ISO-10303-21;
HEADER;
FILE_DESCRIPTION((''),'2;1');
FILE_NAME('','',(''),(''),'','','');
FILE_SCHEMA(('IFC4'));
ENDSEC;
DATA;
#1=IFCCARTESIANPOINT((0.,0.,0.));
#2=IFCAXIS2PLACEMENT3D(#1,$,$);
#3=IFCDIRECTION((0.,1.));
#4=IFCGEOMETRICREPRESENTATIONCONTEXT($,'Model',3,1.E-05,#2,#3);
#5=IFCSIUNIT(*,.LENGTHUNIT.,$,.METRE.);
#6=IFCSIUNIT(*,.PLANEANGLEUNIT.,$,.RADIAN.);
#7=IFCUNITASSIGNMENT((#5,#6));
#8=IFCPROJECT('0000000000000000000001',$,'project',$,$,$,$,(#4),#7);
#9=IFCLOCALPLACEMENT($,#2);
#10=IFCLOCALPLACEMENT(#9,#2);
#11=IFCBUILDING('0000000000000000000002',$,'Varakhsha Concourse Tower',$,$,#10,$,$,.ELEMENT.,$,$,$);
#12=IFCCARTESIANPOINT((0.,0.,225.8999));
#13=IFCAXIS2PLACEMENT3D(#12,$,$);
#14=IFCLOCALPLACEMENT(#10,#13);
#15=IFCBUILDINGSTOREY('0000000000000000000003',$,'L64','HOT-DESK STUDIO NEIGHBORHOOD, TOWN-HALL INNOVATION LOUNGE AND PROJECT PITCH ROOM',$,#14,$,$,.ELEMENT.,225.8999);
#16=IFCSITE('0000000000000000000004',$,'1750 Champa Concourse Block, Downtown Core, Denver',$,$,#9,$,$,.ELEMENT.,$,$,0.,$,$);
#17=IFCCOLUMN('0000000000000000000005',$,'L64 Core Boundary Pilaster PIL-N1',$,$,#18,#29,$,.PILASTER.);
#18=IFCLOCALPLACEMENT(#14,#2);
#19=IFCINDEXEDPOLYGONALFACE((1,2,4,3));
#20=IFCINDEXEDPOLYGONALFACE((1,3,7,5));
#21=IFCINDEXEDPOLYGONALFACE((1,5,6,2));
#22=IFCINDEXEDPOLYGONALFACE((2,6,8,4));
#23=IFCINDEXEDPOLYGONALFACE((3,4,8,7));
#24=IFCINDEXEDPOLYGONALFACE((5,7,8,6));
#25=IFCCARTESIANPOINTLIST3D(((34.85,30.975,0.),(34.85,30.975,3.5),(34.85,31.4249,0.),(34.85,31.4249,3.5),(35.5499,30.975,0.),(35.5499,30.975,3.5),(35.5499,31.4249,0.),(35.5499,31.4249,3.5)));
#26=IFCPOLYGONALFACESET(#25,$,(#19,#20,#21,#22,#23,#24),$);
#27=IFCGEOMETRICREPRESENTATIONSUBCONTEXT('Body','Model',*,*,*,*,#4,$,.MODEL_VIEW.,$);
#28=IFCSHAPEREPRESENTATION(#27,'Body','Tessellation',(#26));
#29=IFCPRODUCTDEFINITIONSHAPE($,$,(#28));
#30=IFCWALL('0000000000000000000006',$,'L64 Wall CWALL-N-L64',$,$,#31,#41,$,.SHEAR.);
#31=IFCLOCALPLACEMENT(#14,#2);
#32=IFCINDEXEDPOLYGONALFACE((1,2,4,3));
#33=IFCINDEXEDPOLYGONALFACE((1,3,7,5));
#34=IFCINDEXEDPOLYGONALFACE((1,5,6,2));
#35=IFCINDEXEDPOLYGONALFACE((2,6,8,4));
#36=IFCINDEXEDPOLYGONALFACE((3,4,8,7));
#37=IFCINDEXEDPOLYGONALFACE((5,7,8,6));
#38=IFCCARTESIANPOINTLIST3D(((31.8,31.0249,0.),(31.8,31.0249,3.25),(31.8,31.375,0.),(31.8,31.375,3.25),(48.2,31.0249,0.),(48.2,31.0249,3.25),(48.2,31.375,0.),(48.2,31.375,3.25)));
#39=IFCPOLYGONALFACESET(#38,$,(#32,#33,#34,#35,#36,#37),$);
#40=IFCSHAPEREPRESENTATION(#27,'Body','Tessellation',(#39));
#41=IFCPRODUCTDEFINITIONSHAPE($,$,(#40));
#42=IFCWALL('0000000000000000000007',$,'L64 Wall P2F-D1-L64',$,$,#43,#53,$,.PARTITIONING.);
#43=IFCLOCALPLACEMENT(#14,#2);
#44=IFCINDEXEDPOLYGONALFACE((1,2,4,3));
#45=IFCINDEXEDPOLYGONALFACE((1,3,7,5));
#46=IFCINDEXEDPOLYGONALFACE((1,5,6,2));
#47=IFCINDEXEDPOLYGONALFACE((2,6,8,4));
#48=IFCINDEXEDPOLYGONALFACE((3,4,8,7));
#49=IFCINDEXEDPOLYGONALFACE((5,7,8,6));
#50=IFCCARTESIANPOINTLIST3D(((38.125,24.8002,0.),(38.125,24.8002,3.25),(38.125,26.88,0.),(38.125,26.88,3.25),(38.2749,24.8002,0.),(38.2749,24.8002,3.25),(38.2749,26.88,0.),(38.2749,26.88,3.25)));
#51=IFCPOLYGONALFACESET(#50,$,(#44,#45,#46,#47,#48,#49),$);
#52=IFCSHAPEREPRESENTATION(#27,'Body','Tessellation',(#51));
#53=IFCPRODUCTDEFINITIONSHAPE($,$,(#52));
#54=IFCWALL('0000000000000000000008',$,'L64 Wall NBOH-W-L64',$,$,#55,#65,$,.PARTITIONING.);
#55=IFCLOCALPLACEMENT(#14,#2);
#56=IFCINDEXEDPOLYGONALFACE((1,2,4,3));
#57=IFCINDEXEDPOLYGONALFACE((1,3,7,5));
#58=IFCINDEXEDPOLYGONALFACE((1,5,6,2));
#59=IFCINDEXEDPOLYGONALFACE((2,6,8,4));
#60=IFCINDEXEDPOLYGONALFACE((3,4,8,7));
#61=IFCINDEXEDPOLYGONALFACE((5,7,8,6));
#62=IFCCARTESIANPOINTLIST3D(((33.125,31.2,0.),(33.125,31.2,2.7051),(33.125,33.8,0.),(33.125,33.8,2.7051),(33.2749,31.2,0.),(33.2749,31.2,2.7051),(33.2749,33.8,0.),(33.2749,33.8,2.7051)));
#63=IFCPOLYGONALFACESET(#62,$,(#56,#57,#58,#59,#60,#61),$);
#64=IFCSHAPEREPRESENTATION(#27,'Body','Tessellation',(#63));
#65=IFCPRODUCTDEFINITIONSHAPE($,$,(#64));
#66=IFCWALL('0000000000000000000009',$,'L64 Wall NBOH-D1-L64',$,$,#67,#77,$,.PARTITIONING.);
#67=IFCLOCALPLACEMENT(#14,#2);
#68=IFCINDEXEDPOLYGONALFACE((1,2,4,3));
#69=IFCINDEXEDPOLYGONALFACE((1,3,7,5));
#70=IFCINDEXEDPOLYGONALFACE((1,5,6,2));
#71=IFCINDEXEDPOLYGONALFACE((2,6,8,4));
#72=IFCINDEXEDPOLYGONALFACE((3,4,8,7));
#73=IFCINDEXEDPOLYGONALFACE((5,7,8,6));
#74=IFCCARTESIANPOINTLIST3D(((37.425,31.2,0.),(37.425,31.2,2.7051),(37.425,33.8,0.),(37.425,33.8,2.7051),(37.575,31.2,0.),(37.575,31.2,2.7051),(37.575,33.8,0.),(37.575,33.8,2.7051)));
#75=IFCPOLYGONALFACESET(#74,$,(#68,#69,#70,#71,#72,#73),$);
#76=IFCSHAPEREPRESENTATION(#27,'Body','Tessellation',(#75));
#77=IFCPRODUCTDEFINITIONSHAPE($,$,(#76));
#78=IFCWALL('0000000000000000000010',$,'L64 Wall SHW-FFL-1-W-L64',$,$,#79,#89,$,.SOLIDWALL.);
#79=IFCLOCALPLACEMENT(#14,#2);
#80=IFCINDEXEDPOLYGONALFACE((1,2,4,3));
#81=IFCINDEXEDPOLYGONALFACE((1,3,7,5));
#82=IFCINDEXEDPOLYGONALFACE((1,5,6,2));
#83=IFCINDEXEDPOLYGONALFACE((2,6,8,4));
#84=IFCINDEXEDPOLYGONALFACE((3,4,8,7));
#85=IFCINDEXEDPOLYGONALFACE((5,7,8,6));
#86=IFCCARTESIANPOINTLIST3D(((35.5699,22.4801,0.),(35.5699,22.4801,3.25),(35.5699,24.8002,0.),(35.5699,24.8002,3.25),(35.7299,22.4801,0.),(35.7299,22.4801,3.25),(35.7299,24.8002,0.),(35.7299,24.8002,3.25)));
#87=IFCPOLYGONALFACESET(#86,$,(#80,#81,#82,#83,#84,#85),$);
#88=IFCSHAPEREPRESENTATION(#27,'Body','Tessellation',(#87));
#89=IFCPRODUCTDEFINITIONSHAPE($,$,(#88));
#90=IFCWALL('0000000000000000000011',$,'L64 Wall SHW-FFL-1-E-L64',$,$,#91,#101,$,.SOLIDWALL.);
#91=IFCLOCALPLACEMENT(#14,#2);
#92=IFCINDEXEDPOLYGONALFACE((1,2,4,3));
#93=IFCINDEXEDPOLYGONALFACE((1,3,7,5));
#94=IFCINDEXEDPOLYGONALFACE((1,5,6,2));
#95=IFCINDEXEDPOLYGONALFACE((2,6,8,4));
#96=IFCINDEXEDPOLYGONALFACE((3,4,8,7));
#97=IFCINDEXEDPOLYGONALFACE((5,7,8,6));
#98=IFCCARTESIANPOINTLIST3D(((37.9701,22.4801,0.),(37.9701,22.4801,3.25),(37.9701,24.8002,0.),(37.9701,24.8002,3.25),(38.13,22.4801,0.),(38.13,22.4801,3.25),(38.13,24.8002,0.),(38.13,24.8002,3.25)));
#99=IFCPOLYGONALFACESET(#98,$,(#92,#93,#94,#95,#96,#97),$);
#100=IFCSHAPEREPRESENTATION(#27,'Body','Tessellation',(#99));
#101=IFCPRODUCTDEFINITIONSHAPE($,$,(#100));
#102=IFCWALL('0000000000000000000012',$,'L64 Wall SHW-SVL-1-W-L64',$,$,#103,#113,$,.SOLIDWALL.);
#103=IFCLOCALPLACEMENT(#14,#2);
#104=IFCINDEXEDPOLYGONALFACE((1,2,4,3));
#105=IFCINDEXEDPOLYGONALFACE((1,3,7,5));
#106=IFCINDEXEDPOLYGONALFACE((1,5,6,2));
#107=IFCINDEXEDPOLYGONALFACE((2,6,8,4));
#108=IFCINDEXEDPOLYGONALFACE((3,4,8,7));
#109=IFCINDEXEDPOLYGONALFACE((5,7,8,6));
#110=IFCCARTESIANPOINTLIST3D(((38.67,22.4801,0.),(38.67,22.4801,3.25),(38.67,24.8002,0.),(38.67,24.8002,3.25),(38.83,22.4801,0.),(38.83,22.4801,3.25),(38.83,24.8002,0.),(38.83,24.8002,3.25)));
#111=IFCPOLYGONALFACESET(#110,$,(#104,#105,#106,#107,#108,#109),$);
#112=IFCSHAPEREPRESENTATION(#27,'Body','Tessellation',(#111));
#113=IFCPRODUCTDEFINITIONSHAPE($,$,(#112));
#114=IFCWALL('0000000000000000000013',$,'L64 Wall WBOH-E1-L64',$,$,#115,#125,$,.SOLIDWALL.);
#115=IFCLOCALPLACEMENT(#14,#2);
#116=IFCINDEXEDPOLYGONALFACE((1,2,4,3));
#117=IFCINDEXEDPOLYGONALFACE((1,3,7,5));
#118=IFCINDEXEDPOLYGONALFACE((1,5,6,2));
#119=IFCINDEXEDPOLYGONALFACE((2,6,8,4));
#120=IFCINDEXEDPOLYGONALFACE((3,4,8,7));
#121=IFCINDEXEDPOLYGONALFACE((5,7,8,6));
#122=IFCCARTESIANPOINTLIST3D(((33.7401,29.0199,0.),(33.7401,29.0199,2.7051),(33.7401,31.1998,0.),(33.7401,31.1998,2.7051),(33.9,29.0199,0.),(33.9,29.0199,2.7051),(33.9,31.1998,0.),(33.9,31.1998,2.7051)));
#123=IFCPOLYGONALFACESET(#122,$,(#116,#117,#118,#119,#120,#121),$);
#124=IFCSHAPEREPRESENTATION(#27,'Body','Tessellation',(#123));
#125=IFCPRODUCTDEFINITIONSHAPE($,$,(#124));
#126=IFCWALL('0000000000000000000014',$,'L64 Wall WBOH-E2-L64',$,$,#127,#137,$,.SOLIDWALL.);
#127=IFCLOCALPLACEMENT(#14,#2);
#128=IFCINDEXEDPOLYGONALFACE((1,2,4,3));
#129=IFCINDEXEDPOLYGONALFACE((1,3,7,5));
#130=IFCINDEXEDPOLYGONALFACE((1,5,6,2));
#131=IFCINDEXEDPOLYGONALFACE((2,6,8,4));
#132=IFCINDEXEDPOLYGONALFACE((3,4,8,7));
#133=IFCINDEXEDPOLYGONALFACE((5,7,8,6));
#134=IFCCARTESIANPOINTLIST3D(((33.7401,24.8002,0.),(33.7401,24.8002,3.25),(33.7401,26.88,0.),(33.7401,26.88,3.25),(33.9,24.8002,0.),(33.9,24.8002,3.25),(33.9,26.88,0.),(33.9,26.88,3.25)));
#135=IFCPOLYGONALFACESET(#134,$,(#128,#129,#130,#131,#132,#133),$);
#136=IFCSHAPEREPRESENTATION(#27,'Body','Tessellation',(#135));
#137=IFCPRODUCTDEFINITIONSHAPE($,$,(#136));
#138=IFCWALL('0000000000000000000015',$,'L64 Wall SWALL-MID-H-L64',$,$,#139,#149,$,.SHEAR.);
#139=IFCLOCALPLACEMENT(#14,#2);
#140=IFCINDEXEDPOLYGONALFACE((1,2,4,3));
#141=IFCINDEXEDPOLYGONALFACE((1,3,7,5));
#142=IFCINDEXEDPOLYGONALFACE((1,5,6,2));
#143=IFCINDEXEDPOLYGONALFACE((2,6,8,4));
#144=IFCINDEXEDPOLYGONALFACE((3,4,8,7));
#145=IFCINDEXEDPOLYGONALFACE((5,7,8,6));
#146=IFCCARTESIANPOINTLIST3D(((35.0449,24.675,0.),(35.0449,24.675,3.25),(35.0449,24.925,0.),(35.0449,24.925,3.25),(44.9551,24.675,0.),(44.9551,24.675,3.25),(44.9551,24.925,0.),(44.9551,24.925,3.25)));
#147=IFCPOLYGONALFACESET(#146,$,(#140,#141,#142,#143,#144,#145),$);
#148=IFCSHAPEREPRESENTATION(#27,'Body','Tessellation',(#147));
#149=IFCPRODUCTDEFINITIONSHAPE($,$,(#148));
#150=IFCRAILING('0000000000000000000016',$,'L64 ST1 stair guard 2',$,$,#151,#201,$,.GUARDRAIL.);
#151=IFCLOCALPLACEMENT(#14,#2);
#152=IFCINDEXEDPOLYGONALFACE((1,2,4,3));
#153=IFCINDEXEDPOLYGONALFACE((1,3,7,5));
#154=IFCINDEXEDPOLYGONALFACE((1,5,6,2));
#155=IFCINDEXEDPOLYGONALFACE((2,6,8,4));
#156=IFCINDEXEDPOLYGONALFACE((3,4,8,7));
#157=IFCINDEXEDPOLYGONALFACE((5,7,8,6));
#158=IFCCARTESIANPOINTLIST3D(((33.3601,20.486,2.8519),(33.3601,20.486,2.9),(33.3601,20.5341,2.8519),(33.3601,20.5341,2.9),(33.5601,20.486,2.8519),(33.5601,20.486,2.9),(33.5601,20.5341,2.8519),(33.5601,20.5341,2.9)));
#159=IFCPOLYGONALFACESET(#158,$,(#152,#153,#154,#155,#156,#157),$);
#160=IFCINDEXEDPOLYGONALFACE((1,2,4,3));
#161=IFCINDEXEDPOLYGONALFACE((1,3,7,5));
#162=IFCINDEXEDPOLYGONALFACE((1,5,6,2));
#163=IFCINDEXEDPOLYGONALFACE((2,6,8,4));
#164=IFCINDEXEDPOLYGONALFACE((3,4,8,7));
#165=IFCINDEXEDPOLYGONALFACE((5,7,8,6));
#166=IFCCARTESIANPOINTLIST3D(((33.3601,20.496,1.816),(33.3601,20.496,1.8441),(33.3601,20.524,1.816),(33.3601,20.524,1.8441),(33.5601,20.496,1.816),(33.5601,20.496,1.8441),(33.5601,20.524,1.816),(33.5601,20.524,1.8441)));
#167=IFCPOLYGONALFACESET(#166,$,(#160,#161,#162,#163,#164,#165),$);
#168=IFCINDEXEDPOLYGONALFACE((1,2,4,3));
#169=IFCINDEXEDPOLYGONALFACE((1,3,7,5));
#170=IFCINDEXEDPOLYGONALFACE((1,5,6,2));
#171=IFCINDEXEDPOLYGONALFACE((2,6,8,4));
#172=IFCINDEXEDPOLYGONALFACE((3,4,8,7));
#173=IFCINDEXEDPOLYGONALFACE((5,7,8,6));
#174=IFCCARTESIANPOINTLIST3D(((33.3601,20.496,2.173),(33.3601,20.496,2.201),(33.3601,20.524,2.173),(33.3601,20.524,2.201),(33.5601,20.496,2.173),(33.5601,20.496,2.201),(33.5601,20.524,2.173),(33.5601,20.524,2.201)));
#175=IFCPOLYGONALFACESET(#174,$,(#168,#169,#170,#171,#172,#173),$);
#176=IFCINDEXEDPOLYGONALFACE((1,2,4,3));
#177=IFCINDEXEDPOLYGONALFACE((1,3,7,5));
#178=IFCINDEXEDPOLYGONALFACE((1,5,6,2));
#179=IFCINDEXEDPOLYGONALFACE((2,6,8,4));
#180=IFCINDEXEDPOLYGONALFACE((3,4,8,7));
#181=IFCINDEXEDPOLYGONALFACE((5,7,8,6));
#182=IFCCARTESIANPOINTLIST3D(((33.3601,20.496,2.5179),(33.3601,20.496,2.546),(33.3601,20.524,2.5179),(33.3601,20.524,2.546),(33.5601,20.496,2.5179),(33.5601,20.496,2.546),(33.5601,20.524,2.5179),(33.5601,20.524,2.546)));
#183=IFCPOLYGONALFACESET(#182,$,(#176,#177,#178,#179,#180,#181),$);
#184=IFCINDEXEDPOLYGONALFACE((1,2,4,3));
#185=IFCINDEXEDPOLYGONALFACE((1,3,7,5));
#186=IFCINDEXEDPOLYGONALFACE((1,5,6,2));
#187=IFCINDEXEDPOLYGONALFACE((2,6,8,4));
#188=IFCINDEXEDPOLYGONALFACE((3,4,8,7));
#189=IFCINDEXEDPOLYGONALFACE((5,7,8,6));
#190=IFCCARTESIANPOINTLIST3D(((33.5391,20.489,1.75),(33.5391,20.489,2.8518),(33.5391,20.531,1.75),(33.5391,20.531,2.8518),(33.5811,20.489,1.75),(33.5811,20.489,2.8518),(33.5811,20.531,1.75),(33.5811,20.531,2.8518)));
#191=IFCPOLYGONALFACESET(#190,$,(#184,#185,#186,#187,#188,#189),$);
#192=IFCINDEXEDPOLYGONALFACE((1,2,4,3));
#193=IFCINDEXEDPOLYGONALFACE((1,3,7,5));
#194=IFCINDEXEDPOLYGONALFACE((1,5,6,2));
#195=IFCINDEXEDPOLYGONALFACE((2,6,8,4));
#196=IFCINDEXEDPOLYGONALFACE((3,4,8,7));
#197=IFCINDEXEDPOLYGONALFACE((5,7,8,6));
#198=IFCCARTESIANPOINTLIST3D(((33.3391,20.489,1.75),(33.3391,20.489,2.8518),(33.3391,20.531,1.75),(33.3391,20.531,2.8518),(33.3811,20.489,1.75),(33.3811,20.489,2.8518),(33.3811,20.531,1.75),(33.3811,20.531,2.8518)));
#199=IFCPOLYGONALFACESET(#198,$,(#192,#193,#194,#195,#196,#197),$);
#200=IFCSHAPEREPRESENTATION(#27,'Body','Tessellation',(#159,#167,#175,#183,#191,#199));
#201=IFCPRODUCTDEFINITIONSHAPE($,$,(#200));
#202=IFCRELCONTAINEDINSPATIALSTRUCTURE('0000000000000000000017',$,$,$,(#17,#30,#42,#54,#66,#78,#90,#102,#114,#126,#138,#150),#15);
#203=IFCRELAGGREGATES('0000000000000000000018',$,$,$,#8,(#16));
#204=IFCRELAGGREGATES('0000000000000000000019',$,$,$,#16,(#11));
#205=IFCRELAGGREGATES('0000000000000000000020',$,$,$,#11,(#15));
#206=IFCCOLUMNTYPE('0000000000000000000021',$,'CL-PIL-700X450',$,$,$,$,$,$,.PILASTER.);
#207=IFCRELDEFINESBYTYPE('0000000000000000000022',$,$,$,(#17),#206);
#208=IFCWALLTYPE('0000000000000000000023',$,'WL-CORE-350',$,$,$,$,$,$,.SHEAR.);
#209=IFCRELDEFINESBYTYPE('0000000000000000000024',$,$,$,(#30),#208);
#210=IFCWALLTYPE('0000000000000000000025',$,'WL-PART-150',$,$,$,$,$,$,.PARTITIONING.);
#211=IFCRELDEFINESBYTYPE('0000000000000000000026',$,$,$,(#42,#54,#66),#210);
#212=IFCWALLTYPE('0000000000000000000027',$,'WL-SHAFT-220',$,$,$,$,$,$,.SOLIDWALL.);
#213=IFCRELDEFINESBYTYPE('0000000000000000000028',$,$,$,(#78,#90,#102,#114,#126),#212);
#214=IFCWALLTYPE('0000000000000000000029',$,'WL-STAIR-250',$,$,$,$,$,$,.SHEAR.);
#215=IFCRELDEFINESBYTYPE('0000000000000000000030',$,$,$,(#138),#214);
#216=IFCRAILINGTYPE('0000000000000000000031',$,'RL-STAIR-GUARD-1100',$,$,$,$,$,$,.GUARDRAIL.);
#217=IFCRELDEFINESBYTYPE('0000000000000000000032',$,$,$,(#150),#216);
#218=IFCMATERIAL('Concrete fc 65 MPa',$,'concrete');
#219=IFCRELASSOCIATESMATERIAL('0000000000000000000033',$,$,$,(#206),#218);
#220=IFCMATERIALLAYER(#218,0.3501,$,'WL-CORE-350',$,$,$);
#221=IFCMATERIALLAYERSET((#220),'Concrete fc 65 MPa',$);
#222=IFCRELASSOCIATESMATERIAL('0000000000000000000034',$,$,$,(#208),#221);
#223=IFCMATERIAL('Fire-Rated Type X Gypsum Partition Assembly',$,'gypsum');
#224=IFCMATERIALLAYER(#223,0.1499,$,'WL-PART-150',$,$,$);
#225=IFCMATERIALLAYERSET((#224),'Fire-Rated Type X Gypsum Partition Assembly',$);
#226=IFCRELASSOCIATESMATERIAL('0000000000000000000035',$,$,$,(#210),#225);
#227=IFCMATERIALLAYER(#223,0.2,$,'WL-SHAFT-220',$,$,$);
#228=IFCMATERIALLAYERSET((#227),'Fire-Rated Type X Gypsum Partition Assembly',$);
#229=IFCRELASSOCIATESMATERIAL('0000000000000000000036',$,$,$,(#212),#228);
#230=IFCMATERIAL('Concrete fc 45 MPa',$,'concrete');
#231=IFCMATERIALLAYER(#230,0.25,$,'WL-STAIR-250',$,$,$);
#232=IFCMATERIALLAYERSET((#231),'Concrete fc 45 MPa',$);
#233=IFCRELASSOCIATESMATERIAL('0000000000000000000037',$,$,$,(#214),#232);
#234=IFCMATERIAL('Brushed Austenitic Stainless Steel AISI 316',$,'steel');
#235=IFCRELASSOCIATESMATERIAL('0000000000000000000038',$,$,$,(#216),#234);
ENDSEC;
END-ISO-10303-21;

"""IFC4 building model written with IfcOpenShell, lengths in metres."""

from ifc_helpers import new_model, si_unit, direction, frame, frame_2d, origin, origin_2d, place, context, subcontext, project, spatial, rectangle, extrude, material, layer, layer_set, material_profile, profile_set, type_object, element, save


model = new_model("IFC4")

# Units and contexts
model_context = context("Model", 3, precision=1e-05, world=origin(), true_north=direction((0.0, 1.0)))
body_context = subcontext(model_context, "Body", "Model", "MODEL_VIEW")
ifc_project = project(units=[si_unit("LENGTHUNIT", "METRE"), si_unit("PLANEANGLEUNIT", "RADIAN")], contexts=[model_context])

# Site, building, storey
site_placement = place(None, origin())
site = spatial("IfcSite", under=ifc_project, at=site_placement, Name="1750 Champa Concourse Block, Downtown Core, Denver", CompositionType="ELEMENT", RefElevation=0.0)
building_placement = place(site_placement, origin())
building = spatial("IfcBuilding", under=site, at=building_placement, Name="Varakhsha Concourse Tower", CompositionType="ELEMENT")
storey_placement = place(building_placement, frame((0.0, 0.0, 225.8999)))
storey = spatial("IfcBuildingStorey", under=building, at=storey_placement, Name="L64", Description="HOT-DESK STUDIO NEIGHBORHOOD, TOWN-HALL INNOVATION LOUNGE AND PROJECT PITCH ROOM", CompositionType="ELEMENT", Elevation=225.8999)

# Column
ifc_material_1 = material(Name="Concrete fc 65 MPa", Category="concrete")
ifc_material_profile = material_profile(ifc_material_1, rectangle(XDim=0.7, YDim=0.45, at=origin_2d()), Name="RC 700x450")
ifc_profile_set = profile_set([ifc_material_profile], Name="Concrete fc 65 MPa")
column_type = type_object("IfcColumnType", Name="CL-PIL-700X450", PredefinedType="PILASTER", material=ifc_profile_set)
column_placement = place(storey_placement, frame((35.2, 31.2, 0.0), z_axis=(0.0, 0.0, 1.0), x_axis=(1.0, 0.0, 0.0)))
element("IfcColumn", 1, at=column_placement, inside=storey, type_object=column_type, Name="L64 Core Boundary Pilaster PIL-N1", PredefinedType="PILASTER", context=body_context, shape_type="SweptSolid", body=[
    extrude(rectangle(XDim=0.7, YDim=0.45, at=origin_2d()), origin(), (0.0, 0.0, 1.0), 3.5),
])

# Walls
ifc_layer_1 = layer(ifc_material_1, 0.3501, Name="WL-CORE-350")
ifc_layer_set_1 = layer_set([ifc_layer_1], Name="Concrete fc 65 MPa")
wall_type_1 = type_object("IfcWallType", Name="WL-CORE-350", PredefinedType="SHEAR", material=ifc_layer_set_1)
wall_1_placement = place(storey_placement, frame((31.8, 31.2, 0.0), z_axis=(0.0, 0.0, 1.0), x_axis=(1.0, 0.0, 0.0)))
element("IfcWall", 2, at=wall_1_placement, inside=storey, type_object=wall_type_1, Name="L64 Wall CWALL-N-L64", PredefinedType="SHEAR", context=body_context, shape_type="SweptSolid", body=[
    extrude(rectangle(XDim=16.3999, YDim=0.3501, at=frame_2d((8.2, 0.0))), origin(), (0.0, 0.0, 1.0), 3.25),
])
ifc_material_2 = material(Name="Fire-Rated Type X Gypsum Partition Assembly", Category="gypsum")
ifc_layer_2 = layer(ifc_material_2, 0.1499, Name="WL-PART-150")
ifc_layer_set_2 = layer_set([ifc_layer_2], Name="Fire-Rated Type X Gypsum Partition Assembly")
wall_type_2 = type_object("IfcWallType", Name="WL-PART-150", PredefinedType="PARTITIONING", material=ifc_layer_set_2)
wall_2_placement = place(storey_placement, frame((38.2, 24.8, 0.0), z_axis=(0.0, 0.0, 1.0), x_axis=(0.0, 1.0, 0.0)))
element("IfcWall", 3, at=wall_2_placement, inside=storey, type_object=wall_type_2, Name="L64 Wall P2F-D1-L64", PredefinedType="PARTITIONING", context=body_context, shape_type="SweptSolid", body=[
    extrude(rectangle(XDim=2.0798, YDim=0.1499, at=frame_2d((1.04, 0.0))), origin(), (0.0, 0.0, 1.0), 3.25),
])
for number, where, z_axis, x_axis, name in (
    (4, (33.2, 31.2, 0.0), (0.0, 0.0, 1.0), (0.0, 1.0, 0.0), "L64 Wall NBOH-W-L64"),
    (5, (37.5, 31.2, 0.0), (0.0, 0.0, 1.0), (0.0, 1.0, 0.0), "L64 Wall NBOH-D1-L64"),
):
    element("IfcWall", number, at=place(storey_placement, frame(where, z_axis=z_axis, x_axis=x_axis)), inside=storey, type_object=wall_type_2, Name=name, PredefinedType="PARTITIONING", context=body_context, shape_type="SweptSolid", body=[
        extrude(rectangle(XDim=2.6001, YDim=0.1499, at=frame_2d((1.3, 0.0))), origin(), (0.0, 0.0, 1.0), 2.7051),
    ])

# Shared definitions
ifc_layer_3 = layer(ifc_material_2, 0.2, Name="WL-SHAFT-220")
ifc_layer_set_3 = layer_set([ifc_layer_3], Name="Fire-Rated Type X Gypsum Partition Assembly")
wall_type_3 = type_object("IfcWallType", Name="WL-SHAFT-220", PredefinedType="SOLIDWALL", material=ifc_layer_set_3)
ifc_material_3 = material(Name="Brushed Austenitic Stainless Steel AISI 316", Category="steel")

# Walls
for number, where, z_axis, x_axis, name in (
    (6, (35.6499, 22.48, 0.0), (0.0, 0.0, 1.0), (0.0, 1.0, 0.0), "L64 Wall SHW-FFL-1-W-L64"),
    (7, (38.05, 22.48, 0.0), (0.0, 0.0, 1.0), (0.0, 1.0, 0.0), "L64 Wall SHW-FFL-1-E-L64"),
    (8, (38.75, 22.48, 0.0), (0.0, 0.0, 1.0), (0.0, 1.0, 0.0), "L64 Wall SHW-SVL-1-W-L64"),
):
    element("IfcWall", number, at=place(storey_placement, frame(where, z_axis=z_axis, x_axis=x_axis)), inside=storey, type_object=wall_type_3, Name=name, PredefinedType="SOLIDWALL", context=body_context, shape_type="SweptSolid", body=[
        extrude(rectangle(XDim=2.3201, YDim=0.1599, at=frame_2d((1.1602, 0.0))), origin(), (0.0, 0.0, 1.0), 3.25),
    ])

# Walls
wall_3_placement = place(storey_placement, frame((33.8201, 29.02, 0.0), z_axis=(0.0, 0.0, 1.0), x_axis=(0.0, 1.0, 0.0)))
element("IfcWall", 9, at=wall_3_placement, inside=storey, type_object=wall_type_3, Name="L64 Wall WBOH-E1-L64", PredefinedType="SOLIDWALL", context=body_context, shape_type="SweptSolid", body=[
    extrude(rectangle(XDim=2.1799, YDim=0.1599, at=frame_2d((1.0898, 0.0))), origin(), (0.0, 0.0, 1.0), 2.7051),
])
wall_4_placement = place(storey_placement, frame((33.8201, 24.8, 0.0), z_axis=(0.0, 0.0, 1.0), x_axis=(0.0, 1.0, 0.0)))
element("IfcWall", 10, at=wall_4_placement, inside=storey, type_object=wall_type_3, Name="L64 Wall WBOH-E2-L64", PredefinedType="SOLIDWALL", context=body_context, shape_type="SweptSolid", body=[
    extrude(rectangle(XDim=2.0798, YDim=0.1599, at=frame_2d((1.04, 0.0))), origin(), (0.0, 0.0, 1.0), 3.25),
])
ifc_material_4 = material(Name="Concrete fc 45 MPa", Category="concrete")
ifc_layer_4 = layer(ifc_material_4, 0.25, Name="WL-STAIR-250")
ifc_layer_set_4 = layer_set([ifc_layer_4], Name="Concrete fc 45 MPa")
wall_type_4 = type_object("IfcWallType", Name="WL-STAIR-250", PredefinedType="SHEAR", material=ifc_layer_set_4)
wall_5_placement = place(storey_placement, frame((35.0449, 24.8, 0.0), z_axis=(0.0, 0.0, 1.0), x_axis=(1.0, 0.0, 0.0)))
element("IfcWall", 11, at=wall_5_placement, inside=storey, type_object=wall_type_4, Name="L64 Wall SWALL-MID-H-L64", PredefinedType="SHEAR", context=body_context, shape_type="SweptSolid", body=[
    extrude(rectangle(XDim=9.9102, YDim=0.25, at=frame_2d((4.9551, 0.0))), origin(), (0.0, 0.0, 1.0), 3.25),
])

# Railing
railing_type = type_object("IfcRailingType", Name="RL-STAIR-GUARD-1100", PredefinedType="GUARDRAIL", material=ifc_material_3)
railing_1_placement = place(storey_placement, frame((33.5601, 20.51, 1.75)))
element("IfcRailing", 12, at=railing_1_placement, inside=storey, type_object=railing_type, Name="L64 ST1 stair guard 2", PredefinedType="GUARDRAIL", context=body_context, shape_type="SweptSolid", body=[
    extrude(rectangle(XDim=0.0481, YDim=0.0481, at=origin_2d()), frame((0.0, 0.0, 1.126), z_axis=(-1.0, 0.0, 0.0), x_axis=(0.0, -1.0, 0.0)), (0.0, 0.0, 1.0), 0.2),
    extrude(rectangle(XDim=0.0281, YDim=0.0281, at=origin_2d()), frame((0.0, 0.0, 0.0801), z_axis=(-1.0, 0.0, 0.0), x_axis=(0.0, -1.0, 0.0)), (0.0, 0.0, 1.0), 0.2),
    extrude(rectangle(XDim=0.0281, YDim=0.0281, at=origin_2d()), frame((0.0, 0.0, 0.437), z_axis=(-1.0, 0.0, 0.0), x_axis=(0.0, -1.0, 0.0)), (0.0, 0.0, 1.0), 0.2),
    extrude(rectangle(XDim=0.0281, YDim=0.0281, at=origin_2d()), frame((0.0, 0.0, 0.782), z_axis=(-1.0, 0.0, 0.0), x_axis=(0.0, -1.0, 0.0)), (0.0, 0.0, 1.0), 0.2),
    extrude(rectangle(XDim=0.042, YDim=0.042, at=origin_2d()), origin(), (0.0, 0.0, 1.0), 1.1018),
    extrude(rectangle(XDim=0.042, YDim=0.042, at=origin_2d()), frame((-0.2, 0.0, 0.0)), (0.0, 0.0, 1.0), 1.1018),
])

save(model, "model.ifc")
